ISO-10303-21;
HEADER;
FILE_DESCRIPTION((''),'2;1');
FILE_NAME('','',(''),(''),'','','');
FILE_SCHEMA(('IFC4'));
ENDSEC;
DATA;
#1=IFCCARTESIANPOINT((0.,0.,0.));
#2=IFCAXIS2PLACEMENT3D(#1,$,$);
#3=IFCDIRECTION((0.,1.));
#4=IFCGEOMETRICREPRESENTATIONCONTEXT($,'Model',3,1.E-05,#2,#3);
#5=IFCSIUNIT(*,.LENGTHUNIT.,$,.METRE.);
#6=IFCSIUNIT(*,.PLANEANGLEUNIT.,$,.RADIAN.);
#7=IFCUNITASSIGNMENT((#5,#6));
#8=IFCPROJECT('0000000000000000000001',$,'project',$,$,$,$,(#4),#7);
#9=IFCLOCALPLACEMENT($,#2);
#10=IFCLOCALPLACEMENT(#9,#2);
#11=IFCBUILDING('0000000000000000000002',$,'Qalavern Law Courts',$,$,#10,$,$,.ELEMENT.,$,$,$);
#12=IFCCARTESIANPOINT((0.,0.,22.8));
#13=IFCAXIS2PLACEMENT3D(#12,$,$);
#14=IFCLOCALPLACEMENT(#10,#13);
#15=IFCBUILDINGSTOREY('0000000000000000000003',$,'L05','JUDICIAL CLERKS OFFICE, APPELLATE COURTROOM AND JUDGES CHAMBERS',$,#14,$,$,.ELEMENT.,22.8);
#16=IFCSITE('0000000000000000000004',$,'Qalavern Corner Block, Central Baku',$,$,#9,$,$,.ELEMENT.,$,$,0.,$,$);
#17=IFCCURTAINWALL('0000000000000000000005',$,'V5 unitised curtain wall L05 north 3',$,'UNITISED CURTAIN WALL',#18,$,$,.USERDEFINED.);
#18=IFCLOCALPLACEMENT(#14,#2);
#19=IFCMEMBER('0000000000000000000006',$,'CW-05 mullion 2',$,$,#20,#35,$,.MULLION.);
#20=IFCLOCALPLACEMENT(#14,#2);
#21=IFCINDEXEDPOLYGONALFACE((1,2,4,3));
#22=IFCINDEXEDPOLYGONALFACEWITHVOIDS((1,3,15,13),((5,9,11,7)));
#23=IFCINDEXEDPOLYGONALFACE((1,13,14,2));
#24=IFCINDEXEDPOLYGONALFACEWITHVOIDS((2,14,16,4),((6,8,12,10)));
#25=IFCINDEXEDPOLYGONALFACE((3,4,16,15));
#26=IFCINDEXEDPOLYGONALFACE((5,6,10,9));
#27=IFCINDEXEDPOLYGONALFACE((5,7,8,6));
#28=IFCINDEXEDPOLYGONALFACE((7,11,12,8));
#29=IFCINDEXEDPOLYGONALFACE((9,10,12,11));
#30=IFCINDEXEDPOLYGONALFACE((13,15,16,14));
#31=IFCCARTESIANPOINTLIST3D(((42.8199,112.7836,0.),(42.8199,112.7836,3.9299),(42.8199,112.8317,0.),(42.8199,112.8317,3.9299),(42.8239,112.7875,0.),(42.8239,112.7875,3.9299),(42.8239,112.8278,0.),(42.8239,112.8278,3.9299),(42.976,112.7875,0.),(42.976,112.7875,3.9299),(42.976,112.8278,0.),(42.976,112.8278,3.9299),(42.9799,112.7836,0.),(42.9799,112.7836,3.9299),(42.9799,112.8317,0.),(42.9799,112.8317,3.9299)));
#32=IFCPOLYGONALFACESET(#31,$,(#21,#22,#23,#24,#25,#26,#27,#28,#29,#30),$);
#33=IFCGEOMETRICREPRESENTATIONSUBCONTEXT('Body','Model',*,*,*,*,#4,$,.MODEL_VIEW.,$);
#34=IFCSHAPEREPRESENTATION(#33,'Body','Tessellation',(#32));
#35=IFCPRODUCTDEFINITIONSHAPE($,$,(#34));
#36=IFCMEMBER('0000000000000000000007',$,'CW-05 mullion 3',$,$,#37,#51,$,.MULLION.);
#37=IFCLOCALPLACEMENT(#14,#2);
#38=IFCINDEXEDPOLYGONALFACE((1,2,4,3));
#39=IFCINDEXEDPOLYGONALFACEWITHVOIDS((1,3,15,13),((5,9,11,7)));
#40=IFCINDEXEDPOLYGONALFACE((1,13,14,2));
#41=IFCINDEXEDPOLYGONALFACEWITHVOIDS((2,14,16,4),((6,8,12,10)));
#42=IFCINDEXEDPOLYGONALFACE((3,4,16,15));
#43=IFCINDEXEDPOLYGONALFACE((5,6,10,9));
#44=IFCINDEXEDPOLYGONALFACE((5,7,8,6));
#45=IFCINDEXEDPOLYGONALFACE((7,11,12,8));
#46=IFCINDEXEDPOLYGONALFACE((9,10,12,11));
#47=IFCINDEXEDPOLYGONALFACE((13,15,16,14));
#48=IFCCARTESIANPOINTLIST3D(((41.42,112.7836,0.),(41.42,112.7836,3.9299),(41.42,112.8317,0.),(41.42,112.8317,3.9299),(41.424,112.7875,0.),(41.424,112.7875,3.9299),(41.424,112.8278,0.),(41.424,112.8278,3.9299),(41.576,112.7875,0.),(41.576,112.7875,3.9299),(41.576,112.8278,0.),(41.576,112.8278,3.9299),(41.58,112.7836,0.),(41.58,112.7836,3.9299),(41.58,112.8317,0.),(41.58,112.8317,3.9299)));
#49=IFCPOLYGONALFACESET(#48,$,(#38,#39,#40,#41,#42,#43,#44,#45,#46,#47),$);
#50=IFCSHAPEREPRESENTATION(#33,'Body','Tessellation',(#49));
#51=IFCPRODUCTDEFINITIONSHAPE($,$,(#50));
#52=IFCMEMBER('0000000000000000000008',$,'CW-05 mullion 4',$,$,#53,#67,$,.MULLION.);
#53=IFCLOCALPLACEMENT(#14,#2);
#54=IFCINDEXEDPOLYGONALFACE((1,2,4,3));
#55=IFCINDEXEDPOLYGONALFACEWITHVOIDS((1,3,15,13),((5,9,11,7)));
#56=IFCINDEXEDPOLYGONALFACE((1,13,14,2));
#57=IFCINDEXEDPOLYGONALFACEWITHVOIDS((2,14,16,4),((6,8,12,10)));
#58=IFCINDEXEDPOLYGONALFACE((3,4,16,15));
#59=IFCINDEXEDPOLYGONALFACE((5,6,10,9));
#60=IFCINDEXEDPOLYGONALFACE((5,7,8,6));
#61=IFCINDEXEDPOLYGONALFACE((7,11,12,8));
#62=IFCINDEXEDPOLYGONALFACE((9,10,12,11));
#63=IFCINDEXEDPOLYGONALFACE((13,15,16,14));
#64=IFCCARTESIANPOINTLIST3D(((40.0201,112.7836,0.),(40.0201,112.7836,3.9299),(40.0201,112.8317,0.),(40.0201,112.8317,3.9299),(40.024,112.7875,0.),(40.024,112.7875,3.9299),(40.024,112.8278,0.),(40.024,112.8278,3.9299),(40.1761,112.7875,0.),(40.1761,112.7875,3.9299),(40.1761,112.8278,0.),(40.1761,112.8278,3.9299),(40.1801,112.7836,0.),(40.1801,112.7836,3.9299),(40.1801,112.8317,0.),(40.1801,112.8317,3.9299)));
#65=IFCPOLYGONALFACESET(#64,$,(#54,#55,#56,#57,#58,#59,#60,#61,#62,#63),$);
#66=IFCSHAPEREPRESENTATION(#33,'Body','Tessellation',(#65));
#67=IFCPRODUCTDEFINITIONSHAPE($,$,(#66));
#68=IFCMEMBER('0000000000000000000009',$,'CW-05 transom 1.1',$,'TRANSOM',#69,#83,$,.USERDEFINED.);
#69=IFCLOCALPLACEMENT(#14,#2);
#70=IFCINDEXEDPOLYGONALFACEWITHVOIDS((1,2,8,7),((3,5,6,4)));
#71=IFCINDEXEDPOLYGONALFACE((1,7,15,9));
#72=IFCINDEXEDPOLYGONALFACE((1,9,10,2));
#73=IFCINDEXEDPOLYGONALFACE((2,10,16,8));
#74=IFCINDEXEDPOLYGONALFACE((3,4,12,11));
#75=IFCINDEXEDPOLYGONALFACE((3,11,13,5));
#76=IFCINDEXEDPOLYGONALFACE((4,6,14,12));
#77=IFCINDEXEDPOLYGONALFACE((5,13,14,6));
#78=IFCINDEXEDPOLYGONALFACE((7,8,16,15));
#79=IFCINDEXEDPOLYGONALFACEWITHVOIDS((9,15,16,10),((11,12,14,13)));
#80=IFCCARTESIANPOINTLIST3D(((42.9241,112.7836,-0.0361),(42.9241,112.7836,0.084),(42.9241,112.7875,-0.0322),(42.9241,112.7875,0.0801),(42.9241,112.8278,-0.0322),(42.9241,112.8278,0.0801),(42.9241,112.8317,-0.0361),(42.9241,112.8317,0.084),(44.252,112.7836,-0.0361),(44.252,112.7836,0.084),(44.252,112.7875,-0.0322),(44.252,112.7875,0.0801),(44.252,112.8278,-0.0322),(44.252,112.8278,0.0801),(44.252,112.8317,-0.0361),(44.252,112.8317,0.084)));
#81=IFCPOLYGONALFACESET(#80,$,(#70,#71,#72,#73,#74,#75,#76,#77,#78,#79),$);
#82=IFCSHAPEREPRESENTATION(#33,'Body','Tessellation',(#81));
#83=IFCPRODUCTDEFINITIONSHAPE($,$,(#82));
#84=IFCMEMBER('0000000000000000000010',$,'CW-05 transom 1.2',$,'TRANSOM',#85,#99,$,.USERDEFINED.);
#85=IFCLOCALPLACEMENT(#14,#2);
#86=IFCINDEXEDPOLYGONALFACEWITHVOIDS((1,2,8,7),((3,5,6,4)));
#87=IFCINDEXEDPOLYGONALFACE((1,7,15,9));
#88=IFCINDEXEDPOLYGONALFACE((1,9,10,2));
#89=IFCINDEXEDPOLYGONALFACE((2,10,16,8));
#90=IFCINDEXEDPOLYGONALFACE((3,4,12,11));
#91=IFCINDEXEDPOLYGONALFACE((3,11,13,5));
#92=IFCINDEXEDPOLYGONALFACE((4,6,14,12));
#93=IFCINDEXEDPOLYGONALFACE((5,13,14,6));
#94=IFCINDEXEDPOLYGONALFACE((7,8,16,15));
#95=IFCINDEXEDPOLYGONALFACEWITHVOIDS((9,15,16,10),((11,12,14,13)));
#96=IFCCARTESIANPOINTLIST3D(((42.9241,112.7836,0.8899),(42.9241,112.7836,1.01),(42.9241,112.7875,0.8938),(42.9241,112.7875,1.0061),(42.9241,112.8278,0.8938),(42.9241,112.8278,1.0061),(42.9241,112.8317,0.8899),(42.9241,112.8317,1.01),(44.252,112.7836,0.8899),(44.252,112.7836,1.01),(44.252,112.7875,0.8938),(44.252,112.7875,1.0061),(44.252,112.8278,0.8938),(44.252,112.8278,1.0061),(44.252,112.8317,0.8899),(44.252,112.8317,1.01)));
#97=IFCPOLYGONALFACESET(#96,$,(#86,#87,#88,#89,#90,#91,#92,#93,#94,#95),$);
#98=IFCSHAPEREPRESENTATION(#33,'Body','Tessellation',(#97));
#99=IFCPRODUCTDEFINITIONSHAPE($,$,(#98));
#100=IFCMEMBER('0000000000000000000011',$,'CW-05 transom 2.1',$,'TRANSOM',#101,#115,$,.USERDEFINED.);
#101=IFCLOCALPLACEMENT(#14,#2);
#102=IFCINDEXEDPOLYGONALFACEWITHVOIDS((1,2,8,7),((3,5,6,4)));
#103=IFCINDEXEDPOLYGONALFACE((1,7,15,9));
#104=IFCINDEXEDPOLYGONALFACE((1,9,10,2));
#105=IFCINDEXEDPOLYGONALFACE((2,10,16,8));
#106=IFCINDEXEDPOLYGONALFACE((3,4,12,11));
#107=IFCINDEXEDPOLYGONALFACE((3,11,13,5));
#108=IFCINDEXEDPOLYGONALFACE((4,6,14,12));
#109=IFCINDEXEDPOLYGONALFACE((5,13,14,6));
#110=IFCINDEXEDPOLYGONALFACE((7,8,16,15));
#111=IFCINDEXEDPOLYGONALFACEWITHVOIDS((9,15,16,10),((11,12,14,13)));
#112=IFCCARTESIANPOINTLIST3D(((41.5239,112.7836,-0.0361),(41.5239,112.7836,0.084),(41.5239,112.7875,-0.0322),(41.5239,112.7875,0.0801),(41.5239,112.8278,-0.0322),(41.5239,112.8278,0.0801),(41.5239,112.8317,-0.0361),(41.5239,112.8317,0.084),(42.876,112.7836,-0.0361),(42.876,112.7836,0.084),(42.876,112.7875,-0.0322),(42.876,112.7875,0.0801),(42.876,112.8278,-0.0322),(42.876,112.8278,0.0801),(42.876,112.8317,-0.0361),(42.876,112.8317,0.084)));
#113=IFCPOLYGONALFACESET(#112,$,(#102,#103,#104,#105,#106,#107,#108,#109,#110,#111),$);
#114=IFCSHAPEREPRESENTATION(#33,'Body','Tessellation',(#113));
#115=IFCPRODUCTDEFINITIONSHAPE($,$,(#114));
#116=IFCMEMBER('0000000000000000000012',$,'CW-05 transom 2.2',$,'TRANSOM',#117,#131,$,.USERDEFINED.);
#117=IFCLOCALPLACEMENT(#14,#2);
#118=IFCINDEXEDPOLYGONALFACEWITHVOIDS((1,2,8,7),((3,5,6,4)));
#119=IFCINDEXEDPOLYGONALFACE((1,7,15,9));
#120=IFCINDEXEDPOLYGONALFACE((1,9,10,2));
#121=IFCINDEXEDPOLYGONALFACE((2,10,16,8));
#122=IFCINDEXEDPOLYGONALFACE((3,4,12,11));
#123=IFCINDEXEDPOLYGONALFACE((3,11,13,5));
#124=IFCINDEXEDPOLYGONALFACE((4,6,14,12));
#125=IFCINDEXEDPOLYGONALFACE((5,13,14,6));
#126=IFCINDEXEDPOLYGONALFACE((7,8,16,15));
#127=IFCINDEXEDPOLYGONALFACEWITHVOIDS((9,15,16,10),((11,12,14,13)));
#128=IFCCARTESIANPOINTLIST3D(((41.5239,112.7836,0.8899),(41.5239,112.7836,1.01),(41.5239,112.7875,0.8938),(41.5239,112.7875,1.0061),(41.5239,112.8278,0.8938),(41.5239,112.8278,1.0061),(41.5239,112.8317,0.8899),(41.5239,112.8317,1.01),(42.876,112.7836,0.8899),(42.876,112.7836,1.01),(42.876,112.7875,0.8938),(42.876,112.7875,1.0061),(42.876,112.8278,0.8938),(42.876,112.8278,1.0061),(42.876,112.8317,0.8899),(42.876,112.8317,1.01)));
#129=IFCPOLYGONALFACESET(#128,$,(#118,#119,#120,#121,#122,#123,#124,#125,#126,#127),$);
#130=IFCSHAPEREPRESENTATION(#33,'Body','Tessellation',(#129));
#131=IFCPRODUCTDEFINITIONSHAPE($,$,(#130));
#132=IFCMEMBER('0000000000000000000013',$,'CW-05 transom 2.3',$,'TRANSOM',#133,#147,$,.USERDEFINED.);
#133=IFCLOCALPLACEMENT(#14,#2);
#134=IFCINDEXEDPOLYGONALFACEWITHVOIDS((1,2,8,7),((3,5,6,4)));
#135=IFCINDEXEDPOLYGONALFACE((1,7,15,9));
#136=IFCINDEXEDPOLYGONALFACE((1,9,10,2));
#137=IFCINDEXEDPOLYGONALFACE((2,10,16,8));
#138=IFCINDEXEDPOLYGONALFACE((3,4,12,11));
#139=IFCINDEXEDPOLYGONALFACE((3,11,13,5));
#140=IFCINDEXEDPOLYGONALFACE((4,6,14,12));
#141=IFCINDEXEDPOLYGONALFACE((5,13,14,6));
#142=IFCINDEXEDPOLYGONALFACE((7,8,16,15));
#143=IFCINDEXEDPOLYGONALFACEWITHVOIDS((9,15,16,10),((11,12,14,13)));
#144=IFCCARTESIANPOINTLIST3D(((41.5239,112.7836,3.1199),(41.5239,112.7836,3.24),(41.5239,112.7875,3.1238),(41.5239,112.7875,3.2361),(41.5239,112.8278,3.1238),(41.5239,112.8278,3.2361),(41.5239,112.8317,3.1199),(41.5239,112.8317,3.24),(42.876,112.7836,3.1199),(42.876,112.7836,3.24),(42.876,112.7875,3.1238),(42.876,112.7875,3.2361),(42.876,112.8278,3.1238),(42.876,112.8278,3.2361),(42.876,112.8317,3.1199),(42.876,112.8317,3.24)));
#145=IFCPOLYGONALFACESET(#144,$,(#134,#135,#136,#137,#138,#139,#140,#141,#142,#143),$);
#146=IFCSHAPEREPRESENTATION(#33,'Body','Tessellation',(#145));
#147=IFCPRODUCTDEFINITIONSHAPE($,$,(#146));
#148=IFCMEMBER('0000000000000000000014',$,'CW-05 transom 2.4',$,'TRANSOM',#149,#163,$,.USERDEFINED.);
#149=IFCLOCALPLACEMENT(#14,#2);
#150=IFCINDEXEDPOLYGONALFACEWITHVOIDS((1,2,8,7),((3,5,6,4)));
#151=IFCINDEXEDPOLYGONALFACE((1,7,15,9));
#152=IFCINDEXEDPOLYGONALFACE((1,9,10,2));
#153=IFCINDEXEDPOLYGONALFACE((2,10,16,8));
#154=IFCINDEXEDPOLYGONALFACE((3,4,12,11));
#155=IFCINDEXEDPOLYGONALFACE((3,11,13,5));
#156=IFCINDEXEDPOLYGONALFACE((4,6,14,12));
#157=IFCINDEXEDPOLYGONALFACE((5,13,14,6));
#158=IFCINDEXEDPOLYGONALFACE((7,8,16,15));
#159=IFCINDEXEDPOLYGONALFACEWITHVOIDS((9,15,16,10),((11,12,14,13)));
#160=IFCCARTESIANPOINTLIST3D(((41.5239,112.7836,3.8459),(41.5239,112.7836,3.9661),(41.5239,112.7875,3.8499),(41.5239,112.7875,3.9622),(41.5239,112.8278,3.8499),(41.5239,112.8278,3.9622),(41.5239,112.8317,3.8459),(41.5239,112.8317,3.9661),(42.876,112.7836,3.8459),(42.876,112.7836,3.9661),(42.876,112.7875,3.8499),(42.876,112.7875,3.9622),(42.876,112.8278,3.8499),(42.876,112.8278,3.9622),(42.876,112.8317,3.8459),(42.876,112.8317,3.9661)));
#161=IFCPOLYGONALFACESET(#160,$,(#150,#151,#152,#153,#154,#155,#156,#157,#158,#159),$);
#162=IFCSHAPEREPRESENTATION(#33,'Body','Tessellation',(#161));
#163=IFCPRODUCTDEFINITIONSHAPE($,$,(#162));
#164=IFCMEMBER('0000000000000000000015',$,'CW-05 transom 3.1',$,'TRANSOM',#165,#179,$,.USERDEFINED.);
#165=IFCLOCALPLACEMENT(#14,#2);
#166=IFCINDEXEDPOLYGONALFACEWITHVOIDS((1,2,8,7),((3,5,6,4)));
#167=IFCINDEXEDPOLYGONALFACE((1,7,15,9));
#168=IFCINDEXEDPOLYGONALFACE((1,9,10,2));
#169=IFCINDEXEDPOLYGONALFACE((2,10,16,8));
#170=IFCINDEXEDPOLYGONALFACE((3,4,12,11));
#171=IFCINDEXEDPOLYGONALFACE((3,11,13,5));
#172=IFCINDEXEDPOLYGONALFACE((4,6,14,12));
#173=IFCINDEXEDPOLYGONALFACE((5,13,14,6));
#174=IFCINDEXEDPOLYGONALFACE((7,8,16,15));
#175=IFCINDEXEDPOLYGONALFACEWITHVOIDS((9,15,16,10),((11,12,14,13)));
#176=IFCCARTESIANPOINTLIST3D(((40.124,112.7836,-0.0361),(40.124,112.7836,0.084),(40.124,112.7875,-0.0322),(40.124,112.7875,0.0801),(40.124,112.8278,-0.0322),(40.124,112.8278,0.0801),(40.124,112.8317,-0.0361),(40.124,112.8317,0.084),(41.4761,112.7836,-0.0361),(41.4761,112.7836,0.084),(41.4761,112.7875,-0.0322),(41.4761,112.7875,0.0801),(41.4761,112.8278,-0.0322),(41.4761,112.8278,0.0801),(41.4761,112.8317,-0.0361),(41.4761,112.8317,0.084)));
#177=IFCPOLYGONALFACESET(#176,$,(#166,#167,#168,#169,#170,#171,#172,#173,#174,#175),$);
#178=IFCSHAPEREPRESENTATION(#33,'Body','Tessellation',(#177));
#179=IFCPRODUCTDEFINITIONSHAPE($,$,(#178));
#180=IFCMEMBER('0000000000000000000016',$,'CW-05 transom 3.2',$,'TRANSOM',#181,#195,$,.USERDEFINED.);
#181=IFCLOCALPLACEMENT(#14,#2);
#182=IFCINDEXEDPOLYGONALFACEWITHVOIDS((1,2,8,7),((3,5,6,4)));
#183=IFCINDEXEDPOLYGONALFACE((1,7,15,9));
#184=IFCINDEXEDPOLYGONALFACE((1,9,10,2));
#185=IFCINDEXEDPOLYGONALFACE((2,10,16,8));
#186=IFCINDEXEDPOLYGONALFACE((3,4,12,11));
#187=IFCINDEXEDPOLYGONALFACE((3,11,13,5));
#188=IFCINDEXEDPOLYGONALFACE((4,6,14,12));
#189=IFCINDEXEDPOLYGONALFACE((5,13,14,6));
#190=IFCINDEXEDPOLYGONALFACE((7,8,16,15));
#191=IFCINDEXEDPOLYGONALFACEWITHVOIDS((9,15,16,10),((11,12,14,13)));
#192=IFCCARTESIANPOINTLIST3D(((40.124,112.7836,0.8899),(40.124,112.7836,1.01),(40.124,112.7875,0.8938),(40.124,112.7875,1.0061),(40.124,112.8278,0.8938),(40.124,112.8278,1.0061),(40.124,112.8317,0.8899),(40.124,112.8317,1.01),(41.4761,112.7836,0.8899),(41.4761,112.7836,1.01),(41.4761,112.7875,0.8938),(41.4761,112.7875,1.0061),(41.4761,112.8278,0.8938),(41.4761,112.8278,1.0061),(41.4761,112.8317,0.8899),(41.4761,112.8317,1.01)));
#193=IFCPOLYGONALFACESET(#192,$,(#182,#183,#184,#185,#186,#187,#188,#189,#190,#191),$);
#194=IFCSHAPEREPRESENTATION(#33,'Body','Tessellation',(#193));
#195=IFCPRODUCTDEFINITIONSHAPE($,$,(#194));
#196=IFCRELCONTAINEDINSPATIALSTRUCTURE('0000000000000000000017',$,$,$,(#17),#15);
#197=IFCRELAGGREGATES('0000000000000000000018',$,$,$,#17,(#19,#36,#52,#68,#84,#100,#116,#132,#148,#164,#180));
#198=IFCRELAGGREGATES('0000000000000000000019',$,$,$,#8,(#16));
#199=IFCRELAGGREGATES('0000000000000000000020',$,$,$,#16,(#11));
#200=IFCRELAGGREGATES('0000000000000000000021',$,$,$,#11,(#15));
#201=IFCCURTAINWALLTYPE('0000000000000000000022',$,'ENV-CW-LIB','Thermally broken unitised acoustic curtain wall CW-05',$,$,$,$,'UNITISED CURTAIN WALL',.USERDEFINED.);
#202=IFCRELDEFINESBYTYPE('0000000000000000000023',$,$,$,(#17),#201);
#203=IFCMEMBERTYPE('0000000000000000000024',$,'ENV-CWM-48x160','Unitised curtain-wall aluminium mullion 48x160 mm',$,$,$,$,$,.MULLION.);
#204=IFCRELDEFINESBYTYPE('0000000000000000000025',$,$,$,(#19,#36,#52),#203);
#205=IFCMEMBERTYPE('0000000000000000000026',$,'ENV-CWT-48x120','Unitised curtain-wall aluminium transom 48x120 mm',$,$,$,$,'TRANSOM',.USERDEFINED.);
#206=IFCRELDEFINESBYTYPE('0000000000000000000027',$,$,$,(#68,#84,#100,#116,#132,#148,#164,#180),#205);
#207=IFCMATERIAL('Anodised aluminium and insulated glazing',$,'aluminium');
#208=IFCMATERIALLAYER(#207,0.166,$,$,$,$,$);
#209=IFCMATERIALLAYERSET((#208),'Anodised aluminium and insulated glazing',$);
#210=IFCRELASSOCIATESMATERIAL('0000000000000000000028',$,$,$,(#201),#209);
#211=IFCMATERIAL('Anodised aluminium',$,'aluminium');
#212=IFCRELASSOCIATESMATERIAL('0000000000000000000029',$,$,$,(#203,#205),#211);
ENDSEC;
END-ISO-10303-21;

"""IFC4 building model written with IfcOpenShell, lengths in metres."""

from ifc_helpers import new_model, si_unit, direction, frame, origin, origin_2d, place, context, subcontext, project, spatial, hollow_rectangle, extrude, material, layer, layer_set, material_profile, profile_set, type_object, element, aggregate, save


model = new_model("IFC4")

# Units and contexts
model_context = context("Model", 3, precision=1e-05, world=origin(), true_north=direction((0.0, 1.0)))
body_context = subcontext(model_context, "Body", "Model", "MODEL_VIEW")
ifc_project = project(units=[si_unit("LENGTHUNIT", "METRE"), si_unit("PLANEANGLEUNIT", "RADIAN")], contexts=[model_context])

# Site, building, storey
site_placement = place(None, origin())
site = spatial("IfcSite", under=ifc_project, at=site_placement, Name="Qalavern Corner Block, Central Baku", CompositionType="ELEMENT", RefElevation=0.0)
building_placement = place(site_placement, origin())
building = spatial("IfcBuilding", under=site, at=building_placement, Name="Qalavern Law Courts", CompositionType="ELEMENT")
storey_placement = place(building_placement, frame((0.0, 0.0, 22.8)))
storey = spatial("IfcBuildingStorey", under=building, at=storey_placement, Name="L05", Description="JUDICIAL CLERKS OFFICE, APPELLATE COURTROOM AND JUDGES CHAMBERS", CompositionType="ELEMENT", Elevation=22.8)

# Curtain wall, members
ifc_material_1 = material(Name="Anodised aluminium and insulated glazing", Category="aluminium")
ifc_layer_1 = layer(ifc_material_1, 0.166)
ifc_layer_set_1 = layer_set([ifc_layer_1], Name="Anodised aluminium and insulated glazing")
curtain_wall_type = type_object("IfcCurtainWallType", Name="ENV-CW-LIB", Description="Thermally broken unitised acoustic curtain wall CW-05", ElementType="UNITISED CURTAIN WALL", PredefinedType="USERDEFINED", material=ifc_layer_set_1)
curtain_wall_placement = place(storey_placement, origin())
curtain_wall = element("IfcCurtainWall", 1, at=curtain_wall_placement, inside=storey, type_object=curtain_wall_type, Name="V5 unitised curtain wall L05 north 3", ObjectType="UNITISED CURTAIN WALL", PredefinedType="USERDEFINED")
ifc_material_2 = material(Name="Anodised aluminium", Category="aluminium")
ifc_material_profile_1 = material_profile(ifc_material_2, hollow_rectangle(XDim=0.0481, YDim=0.1599, WallThickness=0.0039, at=origin_2d()), Name="ALU MULLION 48x160")
ifc_profile_set_1 = profile_set([ifc_material_profile_1], Name="Anodised aluminium")
member_type_1 = type_object("IfcMemberType", Name="ENV-CWM-48x160", Description="Unitised curtain-wall aluminium mullion 48x160 mm", PredefinedType="MULLION", material=ifc_profile_set_1)
member_1_placement = place(storey_placement, frame((42.8999, 112.8076, 0.0), z_axis=(0.0, 0.0, 1.0), x_axis=(0.0, -1.0, 0.0)))
member_1 = element("IfcMember", 2, at=member_1_placement, type_object=member_type_1, Name="CW-05 mullion 2", PredefinedType="MULLION", context=body_context, shape_type="SweptSolid", body=[
    extrude(hollow_rectangle(XDim=0.0481, YDim=0.1599, WallThickness=0.0039, at=origin_2d()), origin(), (0.0, 0.0, 1.0), 3.9299),
])
member_2_placement = place(storey_placement, frame((41.5, 112.8076, 0.0), z_axis=(0.0, 0.0, 1.0), x_axis=(0.0, -1.0, 0.0)))
member_2 = element("IfcMember", 3, at=member_2_placement, type_object=member_type_1, Name="CW-05 mullion 3", PredefinedType="MULLION", context=body_context, shape_type="SweptSolid", body=[
    extrude(hollow_rectangle(XDim=0.0481, YDim=0.1599, WallThickness=0.0039, at=origin_2d()), origin(), (0.0, 0.0, 1.0), 3.9299),
])
member_3_placement = place(storey_placement, frame((40.1001, 112.8076, 0.0), z_axis=(0.0, 0.0, 1.0), x_axis=(0.0, -1.0, 0.0)))
member_3 = element("IfcMember", 4, at=member_3_placement, type_object=member_type_1, Name="CW-05 mullion 4", PredefinedType="MULLION", context=body_context, shape_type="SweptSolid", body=[
    extrude(hollow_rectangle(XDim=0.0481, YDim=0.1599, WallThickness=0.0039, at=origin_2d()), origin(), (0.0, 0.0, 1.0), 3.9299),
])
ifc_material_profile_2 = material_profile(ifc_material_2, hollow_rectangle(XDim=0.0481, YDim=0.1201, WallThickness=0.0039, at=origin_2d()), Name="ALU TRANSOM 48x120")
ifc_profile_set_2 = profile_set([ifc_material_profile_2], Name="Anodised aluminium")
member_type_2 = type_object("IfcMemberType", Name="ENV-CWT-48x120", Description="Unitised curtain-wall aluminium transom 48x120 mm", ElementType="TRANSOM", PredefinedType="USERDEFINED", material=ifc_profile_set_2)
member_4_placement = place(storey_placement, frame((44.252, 112.8076, 0.0239), z_axis=(-1.0, 0.0, 0.0), x_axis=(0.0, -1.0, 0.0)))
member_4 = element("IfcMember", 5, at=member_4_placement, type_object=member_type_2, Name="CW-05 transom 1.1", ObjectType="TRANSOM", PredefinedType="USERDEFINED", context=body_context, shape_type="SweptSolid", body=[
    extrude(hollow_rectangle(XDim=0.0481, YDim=0.1201, WallThickness=0.0039, at=origin_2d()), origin(), (0.0, 0.0, 1.0), 1.3279),
])
member_5_placement = place(storey_placement, frame((44.252, 112.8076, 0.95), z_axis=(-1.0, 0.0, 0.0), x_axis=(0.0, -1.0, 0.0)))
member_5 = element("IfcMember", 6, at=member_5_placement, type_object=member_type_2, Name="CW-05 transom 1.2", ObjectType="TRANSOM", PredefinedType="USERDEFINED", context=body_context, shape_type="SweptSolid", body=[
    extrude(hollow_rectangle(XDim=0.0481, YDim=0.1201, WallThickness=0.0039, at=origin_2d()), origin(), (0.0, 0.0, 1.0), 1.3279),
])
member_6_placement = place(storey_placement, frame((42.876, 112.8076, 0.0239), z_axis=(-1.0, 0.0, 0.0), x_axis=(0.0, -1.0, 0.0)))
member_6 = element("IfcMember", 7, at=member_6_placement, type_object=member_type_2, Name="CW-05 transom 2.1", ObjectType="TRANSOM", PredefinedType="USERDEFINED", context=body_context, shape_type="SweptSolid", body=[
    extrude(hollow_rectangle(XDim=0.0481, YDim=0.1201, WallThickness=0.0039, at=origin_2d()), origin(), (0.0, 0.0, 1.0), 1.3521),
])
member_7_placement = place(storey_placement, frame((42.876, 112.8076, 0.95), z_axis=(-1.0, 0.0, 0.0), x_axis=(0.0, -1.0, 0.0)))
member_7 = element("IfcMember", 8, at=member_7_placement, type_object=member_type_2, Name="CW-05 transom 2.2", ObjectType="TRANSOM", PredefinedType="USERDEFINED", context=body_context, shape_type="SweptSolid", body=[
    extrude(hollow_rectangle(XDim=0.0481, YDim=0.1201, WallThickness=0.0039, at=origin_2d()), origin(), (0.0, 0.0, 1.0), 1.3521),
])
member_8_placement = place(storey_placement, frame((42.876, 112.8076, 3.1799), z_axis=(-1.0, 0.0, 0.0), x_axis=(0.0, -1.0, 0.0)))
member_8 = element("IfcMember", 9, at=member_8_placement, type_object=member_type_2, Name="CW-05 transom 2.3", ObjectType="TRANSOM", PredefinedType="USERDEFINED", context=body_context, shape_type="SweptSolid", body=[
    extrude(hollow_rectangle(XDim=0.0481, YDim=0.1201, WallThickness=0.0039, at=origin_2d()), origin(), (0.0, 0.0, 1.0), 1.3521),
])
member_9_placement = place(storey_placement, frame((42.876, 112.8076, 3.906), z_axis=(-1.0, 0.0, 0.0), x_axis=(0.0, -1.0, 0.0)))
member_9 = element("IfcMember", 10, at=member_9_placement, type_object=member_type_2, Name="CW-05 transom 2.4", ObjectType="TRANSOM", PredefinedType="USERDEFINED", context=body_context, shape_type="SweptSolid", body=[
    extrude(hollow_rectangle(XDim=0.0481, YDim=0.1201, WallThickness=0.0039, at=origin_2d()), origin(), (0.0, 0.0, 1.0), 1.3521),
])
member_10_placement = place(storey_placement, frame((41.4761, 112.8076, 0.0239), z_axis=(-1.0, 0.0, 0.0), x_axis=(0.0, -1.0, 0.0)))
member_10 = element("IfcMember", 11, at=member_10_placement, type_object=member_type_2, Name="CW-05 transom 3.1", ObjectType="TRANSOM", PredefinedType="USERDEFINED", context=body_context, shape_type="SweptSolid", body=[
    extrude(hollow_rectangle(XDim=0.0481, YDim=0.1201, WallThickness=0.0039, at=origin_2d()), origin(), (0.0, 0.0, 1.0), 1.3521),
])
member_11_placement = place(storey_placement, frame((41.4761, 112.8076, 0.95), z_axis=(-1.0, 0.0, 0.0), x_axis=(0.0, -1.0, 0.0)))
member_11 = element("IfcMember", 12, at=member_11_placement, type_object=member_type_2, Name="CW-05 transom 3.2", ObjectType="TRANSOM", PredefinedType="USERDEFINED", context=body_context, shape_type="SweptSolid", body=[
    extrude(hollow_rectangle(XDim=0.0481, YDim=0.1201, WallThickness=0.0039, at=origin_2d()), origin(), (0.0, 0.0, 1.0), 1.3521),
])
aggregate(curtain_wall, [member_1, member_2, member_3, member_4, member_5, member_6, member_7, member_8, member_9, member_10, member_11])

save(model, "model.ifc")
